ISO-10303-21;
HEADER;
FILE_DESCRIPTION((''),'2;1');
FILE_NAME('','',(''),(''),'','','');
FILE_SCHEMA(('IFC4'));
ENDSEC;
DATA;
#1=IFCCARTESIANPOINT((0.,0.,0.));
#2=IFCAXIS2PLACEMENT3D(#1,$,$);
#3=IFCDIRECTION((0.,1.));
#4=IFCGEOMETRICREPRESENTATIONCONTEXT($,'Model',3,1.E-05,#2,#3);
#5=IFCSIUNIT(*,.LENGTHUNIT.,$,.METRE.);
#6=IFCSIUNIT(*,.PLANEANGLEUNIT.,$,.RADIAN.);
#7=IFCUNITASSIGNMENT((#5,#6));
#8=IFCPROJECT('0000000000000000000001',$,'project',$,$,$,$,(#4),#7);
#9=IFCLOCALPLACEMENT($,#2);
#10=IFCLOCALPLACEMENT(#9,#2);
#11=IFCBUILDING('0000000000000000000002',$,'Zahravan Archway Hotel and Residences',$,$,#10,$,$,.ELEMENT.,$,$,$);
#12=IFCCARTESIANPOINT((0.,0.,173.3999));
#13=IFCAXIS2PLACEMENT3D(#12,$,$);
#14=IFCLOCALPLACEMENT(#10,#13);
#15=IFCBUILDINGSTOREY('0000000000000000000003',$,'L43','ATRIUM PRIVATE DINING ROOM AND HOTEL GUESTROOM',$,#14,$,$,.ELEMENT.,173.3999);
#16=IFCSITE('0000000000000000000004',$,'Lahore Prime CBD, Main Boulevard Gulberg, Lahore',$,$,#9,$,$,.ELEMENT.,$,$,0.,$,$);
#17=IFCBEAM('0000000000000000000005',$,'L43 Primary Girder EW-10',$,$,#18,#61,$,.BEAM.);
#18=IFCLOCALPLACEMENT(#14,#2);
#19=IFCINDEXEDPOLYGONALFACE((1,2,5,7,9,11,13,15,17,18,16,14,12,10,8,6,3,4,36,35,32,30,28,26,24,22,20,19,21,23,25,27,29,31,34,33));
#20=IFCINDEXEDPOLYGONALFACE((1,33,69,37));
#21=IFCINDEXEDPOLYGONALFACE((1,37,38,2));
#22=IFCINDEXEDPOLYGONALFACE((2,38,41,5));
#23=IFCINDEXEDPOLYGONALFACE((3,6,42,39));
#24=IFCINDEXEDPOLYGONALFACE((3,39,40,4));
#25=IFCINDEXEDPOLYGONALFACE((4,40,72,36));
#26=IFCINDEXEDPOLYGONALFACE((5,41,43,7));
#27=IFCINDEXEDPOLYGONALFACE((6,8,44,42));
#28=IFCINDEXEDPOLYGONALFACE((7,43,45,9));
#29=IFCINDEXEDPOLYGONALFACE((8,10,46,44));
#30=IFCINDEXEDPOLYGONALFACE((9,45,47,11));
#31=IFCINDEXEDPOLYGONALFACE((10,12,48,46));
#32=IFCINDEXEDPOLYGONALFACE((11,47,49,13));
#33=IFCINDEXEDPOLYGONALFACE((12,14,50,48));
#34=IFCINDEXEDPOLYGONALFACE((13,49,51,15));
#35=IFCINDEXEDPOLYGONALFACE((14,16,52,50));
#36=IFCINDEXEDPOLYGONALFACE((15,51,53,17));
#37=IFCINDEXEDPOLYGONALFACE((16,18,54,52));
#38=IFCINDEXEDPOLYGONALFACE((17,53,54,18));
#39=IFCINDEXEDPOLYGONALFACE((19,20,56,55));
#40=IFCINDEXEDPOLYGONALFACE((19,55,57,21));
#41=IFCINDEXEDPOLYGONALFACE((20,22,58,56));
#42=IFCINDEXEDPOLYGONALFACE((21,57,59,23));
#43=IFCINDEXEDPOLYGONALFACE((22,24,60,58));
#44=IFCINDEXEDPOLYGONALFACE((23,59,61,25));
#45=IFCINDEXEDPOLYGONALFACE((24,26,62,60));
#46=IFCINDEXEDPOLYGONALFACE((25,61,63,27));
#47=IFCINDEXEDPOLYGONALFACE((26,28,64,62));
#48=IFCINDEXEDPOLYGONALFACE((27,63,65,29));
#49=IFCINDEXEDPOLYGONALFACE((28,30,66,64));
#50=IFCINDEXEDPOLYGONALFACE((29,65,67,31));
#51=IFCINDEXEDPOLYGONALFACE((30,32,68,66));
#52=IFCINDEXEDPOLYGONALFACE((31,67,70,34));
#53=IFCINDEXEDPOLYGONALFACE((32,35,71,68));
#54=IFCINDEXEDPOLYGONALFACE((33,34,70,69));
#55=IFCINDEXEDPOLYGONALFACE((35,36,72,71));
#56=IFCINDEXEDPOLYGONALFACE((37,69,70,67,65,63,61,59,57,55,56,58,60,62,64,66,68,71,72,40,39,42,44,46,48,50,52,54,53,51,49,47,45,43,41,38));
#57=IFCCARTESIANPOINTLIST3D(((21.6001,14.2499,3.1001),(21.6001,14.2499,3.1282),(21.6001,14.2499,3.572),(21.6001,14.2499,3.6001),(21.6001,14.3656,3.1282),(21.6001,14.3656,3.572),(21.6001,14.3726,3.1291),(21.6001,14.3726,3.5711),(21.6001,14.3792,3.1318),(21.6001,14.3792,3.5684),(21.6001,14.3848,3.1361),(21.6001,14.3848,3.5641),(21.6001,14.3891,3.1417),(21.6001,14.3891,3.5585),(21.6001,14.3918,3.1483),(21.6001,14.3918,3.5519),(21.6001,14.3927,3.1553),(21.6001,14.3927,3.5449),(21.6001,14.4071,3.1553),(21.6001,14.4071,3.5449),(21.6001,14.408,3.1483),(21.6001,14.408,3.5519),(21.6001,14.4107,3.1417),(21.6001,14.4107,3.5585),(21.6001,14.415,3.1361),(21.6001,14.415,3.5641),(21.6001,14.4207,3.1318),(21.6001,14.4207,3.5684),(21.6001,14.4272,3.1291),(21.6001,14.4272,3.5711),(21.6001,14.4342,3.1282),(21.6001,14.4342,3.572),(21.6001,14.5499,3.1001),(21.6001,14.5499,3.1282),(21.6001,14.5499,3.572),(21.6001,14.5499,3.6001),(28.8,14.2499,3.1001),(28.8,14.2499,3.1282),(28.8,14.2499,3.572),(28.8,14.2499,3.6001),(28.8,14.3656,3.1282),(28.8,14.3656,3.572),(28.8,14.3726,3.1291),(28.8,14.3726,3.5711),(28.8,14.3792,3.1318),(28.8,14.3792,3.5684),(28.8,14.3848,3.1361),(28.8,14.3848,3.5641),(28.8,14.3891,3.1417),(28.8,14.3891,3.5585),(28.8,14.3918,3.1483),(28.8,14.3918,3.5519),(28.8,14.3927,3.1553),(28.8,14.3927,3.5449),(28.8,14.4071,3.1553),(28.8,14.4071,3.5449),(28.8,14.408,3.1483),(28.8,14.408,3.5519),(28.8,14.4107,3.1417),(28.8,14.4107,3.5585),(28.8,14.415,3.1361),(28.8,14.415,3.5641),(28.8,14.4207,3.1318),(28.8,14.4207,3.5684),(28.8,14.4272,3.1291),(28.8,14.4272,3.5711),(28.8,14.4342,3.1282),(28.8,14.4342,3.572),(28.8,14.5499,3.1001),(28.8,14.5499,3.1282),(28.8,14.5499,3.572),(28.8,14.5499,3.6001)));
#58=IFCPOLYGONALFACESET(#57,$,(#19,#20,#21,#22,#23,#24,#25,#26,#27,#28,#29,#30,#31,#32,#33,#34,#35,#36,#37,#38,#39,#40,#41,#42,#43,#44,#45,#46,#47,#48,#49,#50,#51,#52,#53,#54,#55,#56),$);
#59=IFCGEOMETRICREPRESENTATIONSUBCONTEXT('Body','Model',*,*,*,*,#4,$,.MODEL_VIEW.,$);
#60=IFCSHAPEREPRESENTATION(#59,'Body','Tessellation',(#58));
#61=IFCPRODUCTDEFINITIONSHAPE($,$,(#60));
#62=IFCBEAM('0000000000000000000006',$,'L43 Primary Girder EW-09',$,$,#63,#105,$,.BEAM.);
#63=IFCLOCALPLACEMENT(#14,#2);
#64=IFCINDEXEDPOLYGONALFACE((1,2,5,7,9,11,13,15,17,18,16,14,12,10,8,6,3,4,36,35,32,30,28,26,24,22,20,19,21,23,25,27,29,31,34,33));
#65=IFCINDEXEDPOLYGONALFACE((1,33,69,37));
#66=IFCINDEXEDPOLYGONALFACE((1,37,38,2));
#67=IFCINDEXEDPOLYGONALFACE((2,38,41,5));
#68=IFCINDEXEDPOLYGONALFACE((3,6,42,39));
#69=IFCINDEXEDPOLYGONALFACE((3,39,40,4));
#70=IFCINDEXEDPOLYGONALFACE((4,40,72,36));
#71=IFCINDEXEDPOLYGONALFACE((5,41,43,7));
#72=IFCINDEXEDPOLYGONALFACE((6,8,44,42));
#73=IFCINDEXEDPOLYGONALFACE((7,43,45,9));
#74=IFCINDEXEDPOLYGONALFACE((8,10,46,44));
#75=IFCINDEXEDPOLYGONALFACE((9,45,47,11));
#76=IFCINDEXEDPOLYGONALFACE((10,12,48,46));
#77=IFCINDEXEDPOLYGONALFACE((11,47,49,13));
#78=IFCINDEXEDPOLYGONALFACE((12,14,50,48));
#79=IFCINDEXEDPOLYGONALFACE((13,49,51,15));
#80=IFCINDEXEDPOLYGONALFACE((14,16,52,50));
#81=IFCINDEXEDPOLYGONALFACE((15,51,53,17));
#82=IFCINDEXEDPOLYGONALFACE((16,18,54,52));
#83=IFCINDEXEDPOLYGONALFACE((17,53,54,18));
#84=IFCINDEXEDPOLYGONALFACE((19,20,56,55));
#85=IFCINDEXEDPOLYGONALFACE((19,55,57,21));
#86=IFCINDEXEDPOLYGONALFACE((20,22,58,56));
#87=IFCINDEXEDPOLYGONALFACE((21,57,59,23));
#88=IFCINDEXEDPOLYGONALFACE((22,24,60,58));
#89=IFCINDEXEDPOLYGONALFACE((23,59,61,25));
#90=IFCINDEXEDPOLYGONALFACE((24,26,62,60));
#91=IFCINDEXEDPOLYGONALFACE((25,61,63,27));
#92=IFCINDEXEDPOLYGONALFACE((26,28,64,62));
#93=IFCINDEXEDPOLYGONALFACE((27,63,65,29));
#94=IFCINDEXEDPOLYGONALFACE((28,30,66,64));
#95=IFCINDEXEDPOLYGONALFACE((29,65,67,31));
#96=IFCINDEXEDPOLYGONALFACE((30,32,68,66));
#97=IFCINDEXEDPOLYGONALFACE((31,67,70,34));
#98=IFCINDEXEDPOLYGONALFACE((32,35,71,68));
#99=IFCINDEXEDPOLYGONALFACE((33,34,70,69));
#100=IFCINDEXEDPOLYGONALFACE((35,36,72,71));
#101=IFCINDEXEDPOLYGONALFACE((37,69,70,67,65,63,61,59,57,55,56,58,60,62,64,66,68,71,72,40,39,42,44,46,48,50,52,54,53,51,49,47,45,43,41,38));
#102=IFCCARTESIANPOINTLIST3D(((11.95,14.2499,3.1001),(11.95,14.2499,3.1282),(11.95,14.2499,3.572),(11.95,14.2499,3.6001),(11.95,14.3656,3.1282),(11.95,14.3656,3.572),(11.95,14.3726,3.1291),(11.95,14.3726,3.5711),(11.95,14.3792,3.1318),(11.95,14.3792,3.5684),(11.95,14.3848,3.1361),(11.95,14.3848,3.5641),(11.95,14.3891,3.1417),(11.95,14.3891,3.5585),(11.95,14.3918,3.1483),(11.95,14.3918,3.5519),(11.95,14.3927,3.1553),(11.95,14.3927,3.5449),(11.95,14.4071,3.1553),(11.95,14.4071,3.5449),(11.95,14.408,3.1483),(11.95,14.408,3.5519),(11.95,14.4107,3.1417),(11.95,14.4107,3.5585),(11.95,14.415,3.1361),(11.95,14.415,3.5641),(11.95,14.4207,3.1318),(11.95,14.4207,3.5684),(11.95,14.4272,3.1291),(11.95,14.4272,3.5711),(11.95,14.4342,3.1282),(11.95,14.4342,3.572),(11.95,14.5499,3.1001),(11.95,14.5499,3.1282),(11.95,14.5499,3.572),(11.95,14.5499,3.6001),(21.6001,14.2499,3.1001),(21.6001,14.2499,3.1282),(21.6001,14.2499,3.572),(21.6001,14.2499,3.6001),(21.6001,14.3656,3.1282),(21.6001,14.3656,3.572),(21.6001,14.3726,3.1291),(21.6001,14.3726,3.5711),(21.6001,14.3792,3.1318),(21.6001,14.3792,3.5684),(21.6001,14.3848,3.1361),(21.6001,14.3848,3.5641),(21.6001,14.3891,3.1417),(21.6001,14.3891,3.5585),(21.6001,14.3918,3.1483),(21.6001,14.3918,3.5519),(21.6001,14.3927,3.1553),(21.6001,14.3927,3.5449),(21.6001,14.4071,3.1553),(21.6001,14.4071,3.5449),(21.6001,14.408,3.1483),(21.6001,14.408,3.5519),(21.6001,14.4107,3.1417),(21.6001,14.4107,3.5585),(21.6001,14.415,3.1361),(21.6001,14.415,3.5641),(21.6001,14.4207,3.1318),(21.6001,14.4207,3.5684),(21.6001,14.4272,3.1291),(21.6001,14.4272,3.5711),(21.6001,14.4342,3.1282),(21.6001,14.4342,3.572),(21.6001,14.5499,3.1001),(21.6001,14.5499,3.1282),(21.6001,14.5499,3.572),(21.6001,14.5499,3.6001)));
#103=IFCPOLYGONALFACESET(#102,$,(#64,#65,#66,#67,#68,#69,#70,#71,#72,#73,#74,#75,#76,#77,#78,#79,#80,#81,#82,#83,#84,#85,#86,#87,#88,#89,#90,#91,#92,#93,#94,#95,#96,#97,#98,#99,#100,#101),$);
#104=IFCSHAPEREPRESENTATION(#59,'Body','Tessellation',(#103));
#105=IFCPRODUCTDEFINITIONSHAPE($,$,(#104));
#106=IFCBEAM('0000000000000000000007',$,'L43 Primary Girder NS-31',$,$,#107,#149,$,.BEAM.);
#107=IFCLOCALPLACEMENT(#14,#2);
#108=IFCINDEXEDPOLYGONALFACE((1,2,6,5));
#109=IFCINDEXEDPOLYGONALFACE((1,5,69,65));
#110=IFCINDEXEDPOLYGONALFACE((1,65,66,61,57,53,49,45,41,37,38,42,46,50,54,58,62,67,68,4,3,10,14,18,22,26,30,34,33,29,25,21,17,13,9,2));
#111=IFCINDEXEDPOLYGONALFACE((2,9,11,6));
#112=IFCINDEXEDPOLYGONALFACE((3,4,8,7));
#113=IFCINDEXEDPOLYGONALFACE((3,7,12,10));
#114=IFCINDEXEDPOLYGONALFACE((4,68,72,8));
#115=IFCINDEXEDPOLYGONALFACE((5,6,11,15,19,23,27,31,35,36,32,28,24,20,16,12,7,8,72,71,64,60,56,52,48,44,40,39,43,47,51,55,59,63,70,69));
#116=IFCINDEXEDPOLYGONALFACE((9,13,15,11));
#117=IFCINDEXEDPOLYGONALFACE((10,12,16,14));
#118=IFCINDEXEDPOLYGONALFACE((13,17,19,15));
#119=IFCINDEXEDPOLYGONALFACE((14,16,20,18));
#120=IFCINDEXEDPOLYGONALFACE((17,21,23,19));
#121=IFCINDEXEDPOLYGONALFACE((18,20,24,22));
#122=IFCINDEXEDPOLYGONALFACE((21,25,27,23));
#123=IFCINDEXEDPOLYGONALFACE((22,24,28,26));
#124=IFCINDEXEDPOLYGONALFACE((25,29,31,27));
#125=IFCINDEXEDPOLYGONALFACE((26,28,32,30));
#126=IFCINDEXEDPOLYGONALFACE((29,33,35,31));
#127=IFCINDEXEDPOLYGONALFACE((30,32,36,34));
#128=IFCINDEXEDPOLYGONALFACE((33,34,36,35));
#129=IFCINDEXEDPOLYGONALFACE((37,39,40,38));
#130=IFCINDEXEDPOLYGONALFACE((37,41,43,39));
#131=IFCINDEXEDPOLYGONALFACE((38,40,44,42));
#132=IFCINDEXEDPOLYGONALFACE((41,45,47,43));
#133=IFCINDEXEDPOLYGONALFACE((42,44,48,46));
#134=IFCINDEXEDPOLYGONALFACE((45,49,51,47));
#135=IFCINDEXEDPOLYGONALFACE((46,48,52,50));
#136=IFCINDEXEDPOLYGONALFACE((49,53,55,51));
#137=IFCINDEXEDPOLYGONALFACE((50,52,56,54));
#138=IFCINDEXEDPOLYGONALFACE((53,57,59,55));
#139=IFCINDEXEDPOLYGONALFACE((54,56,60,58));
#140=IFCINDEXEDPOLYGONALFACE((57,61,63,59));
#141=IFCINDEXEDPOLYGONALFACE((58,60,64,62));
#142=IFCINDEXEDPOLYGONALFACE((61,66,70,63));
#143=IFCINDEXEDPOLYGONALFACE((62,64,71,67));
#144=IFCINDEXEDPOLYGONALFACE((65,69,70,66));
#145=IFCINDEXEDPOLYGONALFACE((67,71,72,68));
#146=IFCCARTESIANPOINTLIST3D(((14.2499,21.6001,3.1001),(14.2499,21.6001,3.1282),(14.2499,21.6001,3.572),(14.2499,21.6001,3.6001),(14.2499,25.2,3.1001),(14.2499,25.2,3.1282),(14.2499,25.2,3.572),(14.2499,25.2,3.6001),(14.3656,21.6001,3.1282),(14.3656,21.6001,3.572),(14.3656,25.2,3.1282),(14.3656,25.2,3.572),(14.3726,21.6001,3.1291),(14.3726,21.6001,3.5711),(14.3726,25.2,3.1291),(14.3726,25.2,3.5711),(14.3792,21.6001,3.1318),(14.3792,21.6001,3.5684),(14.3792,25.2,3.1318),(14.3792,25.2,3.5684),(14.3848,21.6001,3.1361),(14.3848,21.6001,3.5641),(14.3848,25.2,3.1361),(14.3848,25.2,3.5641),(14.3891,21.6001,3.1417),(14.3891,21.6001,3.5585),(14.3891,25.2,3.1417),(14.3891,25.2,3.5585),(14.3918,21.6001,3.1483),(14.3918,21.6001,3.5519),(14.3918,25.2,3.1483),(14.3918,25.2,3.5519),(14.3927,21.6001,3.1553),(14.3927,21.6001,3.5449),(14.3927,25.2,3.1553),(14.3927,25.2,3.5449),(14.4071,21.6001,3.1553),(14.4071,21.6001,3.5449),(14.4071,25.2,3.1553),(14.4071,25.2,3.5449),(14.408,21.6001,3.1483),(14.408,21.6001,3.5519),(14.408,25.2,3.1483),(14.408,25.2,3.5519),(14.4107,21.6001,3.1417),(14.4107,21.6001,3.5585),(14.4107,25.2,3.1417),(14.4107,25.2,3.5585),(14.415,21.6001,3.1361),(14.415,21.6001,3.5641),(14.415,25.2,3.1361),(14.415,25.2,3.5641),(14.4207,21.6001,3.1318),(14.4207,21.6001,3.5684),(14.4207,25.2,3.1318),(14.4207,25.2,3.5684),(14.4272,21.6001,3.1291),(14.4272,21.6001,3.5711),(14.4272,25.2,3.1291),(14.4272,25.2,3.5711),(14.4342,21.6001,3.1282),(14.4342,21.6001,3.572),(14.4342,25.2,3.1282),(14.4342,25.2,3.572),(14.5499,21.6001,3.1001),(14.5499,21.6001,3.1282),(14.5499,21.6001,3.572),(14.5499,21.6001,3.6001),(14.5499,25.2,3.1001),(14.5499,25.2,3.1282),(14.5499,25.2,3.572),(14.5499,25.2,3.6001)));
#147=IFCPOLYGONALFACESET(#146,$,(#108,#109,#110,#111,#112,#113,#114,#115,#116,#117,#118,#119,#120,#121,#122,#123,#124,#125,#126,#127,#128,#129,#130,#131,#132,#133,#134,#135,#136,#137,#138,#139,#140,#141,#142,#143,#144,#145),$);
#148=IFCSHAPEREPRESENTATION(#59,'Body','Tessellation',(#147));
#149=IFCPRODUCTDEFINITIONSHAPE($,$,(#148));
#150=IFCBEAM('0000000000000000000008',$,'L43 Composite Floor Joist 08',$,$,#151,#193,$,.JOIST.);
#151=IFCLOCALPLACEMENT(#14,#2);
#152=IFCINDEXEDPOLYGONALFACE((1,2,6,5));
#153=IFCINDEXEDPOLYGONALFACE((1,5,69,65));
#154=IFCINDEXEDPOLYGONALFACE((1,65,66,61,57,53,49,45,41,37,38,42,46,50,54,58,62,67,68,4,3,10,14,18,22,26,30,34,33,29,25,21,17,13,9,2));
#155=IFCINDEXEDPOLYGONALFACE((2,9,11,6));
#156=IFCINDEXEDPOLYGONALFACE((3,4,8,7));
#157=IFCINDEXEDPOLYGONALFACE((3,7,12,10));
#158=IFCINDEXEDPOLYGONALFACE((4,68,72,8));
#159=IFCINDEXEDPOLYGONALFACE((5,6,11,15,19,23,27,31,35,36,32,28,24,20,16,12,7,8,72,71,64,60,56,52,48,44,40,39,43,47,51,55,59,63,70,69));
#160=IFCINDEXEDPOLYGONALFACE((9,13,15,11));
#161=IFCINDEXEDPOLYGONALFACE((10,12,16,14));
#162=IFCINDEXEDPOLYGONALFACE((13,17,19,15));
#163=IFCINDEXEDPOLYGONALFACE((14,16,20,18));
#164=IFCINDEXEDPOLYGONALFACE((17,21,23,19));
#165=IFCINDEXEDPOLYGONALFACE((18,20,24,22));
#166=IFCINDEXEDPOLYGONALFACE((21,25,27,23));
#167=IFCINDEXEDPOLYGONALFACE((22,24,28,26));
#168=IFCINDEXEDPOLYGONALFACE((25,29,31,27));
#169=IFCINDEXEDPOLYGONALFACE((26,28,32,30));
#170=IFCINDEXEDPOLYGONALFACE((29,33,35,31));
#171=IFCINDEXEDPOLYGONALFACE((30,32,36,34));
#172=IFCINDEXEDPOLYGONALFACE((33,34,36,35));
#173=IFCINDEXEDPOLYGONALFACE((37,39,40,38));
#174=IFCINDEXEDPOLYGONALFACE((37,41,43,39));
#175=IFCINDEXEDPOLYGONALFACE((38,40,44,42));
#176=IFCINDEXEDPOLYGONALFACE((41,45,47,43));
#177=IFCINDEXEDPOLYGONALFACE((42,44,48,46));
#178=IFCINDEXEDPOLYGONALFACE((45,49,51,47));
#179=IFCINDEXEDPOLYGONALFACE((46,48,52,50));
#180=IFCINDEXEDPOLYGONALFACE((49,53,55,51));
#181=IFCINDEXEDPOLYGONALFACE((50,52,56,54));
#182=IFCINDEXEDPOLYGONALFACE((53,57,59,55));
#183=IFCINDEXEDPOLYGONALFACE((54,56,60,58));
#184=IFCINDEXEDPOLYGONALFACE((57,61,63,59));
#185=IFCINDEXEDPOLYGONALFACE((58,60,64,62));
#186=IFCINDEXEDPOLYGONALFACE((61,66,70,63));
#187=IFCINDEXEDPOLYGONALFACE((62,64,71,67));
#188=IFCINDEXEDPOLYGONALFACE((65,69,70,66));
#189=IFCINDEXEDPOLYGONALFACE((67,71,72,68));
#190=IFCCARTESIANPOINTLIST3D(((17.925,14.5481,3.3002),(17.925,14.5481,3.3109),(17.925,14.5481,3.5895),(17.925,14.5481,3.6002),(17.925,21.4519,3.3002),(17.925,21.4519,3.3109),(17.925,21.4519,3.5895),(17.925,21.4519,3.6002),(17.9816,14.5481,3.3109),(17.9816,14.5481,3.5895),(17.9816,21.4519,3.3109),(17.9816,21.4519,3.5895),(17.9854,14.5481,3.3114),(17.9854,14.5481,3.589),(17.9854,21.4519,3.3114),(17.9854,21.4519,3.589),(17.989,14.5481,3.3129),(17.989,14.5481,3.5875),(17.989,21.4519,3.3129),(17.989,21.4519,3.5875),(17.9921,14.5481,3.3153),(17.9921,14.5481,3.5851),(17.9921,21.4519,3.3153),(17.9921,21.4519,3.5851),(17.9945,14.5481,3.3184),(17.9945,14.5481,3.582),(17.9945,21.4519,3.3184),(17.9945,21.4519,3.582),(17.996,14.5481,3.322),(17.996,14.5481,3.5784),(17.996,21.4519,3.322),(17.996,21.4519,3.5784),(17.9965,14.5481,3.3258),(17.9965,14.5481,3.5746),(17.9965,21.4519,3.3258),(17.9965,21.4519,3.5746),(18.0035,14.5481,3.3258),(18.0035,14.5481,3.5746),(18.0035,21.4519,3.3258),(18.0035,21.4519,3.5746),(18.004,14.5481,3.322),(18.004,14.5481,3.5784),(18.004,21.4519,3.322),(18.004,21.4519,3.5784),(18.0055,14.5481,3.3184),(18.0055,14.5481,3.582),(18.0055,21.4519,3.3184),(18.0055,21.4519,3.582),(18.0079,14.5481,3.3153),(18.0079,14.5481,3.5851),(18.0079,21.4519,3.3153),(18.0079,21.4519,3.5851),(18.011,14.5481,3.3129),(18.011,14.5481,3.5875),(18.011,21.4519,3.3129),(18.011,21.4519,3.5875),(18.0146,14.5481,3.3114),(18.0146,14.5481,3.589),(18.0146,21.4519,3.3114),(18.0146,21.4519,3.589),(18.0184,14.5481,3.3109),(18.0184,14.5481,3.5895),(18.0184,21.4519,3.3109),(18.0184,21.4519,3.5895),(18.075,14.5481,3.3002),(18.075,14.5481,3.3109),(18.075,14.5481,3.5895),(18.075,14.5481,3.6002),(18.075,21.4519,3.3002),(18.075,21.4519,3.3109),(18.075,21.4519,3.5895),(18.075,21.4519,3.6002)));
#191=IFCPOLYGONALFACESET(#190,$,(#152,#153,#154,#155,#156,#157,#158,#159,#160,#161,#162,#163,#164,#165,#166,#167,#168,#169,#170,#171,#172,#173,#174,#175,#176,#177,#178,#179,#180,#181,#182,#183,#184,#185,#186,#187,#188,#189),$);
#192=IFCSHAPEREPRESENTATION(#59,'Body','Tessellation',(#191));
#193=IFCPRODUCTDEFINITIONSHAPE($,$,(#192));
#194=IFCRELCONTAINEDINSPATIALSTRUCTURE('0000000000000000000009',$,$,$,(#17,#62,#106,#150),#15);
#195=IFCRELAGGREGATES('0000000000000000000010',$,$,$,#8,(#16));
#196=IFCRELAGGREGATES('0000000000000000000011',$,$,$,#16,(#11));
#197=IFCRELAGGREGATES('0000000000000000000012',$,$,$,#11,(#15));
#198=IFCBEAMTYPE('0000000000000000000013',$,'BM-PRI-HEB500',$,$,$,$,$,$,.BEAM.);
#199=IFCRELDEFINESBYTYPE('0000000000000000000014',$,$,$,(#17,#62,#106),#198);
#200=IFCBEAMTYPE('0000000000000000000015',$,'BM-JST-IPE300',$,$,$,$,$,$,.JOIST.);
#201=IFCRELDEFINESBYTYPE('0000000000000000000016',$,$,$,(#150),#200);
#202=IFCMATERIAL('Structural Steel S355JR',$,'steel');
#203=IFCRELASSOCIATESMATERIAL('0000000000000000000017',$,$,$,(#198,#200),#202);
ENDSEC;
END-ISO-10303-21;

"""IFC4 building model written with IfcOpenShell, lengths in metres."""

from ifc_helpers import new_model, si_unit, direction, frame, origin, origin_2d, place, context, subcontext, project, spatial, i_section, extrude, source, transform, mapped, material, material_profile, profile_set, type_object, element, save


model = new_model("IFC4")

# Units and contexts
model_context = context("Model", 3, precision=1e-05, world=origin(), true_north=direction((0.0, 1.0)))
body_context = subcontext(model_context, "Body", "Model", "MODEL_VIEW")
ifc_project = project(units=[si_unit("LENGTHUNIT", "METRE"), si_unit("PLANEANGLEUNIT", "RADIAN")], contexts=[model_context])

# Site, building, storey
site_placement = place(None, origin())
site = spatial("IfcSite", under=ifc_project, at=site_placement, Name="Lahore Prime CBD, Main Boulevard Gulberg, Lahore", CompositionType="ELEMENT", RefElevation=0.0)
building_placement = place(site_placement, origin())
building = spatial("IfcBuilding", under=site, at=building_placement, Name="Zahravan Archway Hotel and Residences", CompositionType="ELEMENT")
storey_placement = place(building_placement, frame((0.0, 0.0, 173.3999)))
storey = spatial("IfcBuildingStorey", under=building, at=storey_placement, Name="L43", Description="ATRIUM PRIVATE DINING ROOM AND HOTEL GUESTROOM", CompositionType="ELEMENT", Elevation=173.3999)

# Beams
ifc_material_1 = material(Name="Structural Steel S355JR", Category="steel")
ifc_material_profile_1 = material_profile(ifc_material_1, i_section(OverallWidth=0.3, OverallDepth=0.5, WebThickness=0.0144, FlangeThickness=0.0281, FilletRadius=0.0271, at=origin_2d()), Name="HEB 500", Category="steel")
ifc_profile_set_1 = profile_set([ifc_material_profile_1], Name="Structural Steel S355JR")
beam_type_1 = type_object("IfcBeamType", Name="BM-PRI-HEB500", PredefinedType="BEAM", material=ifc_profile_set_1)
shared_shape_1 = source(origin(), body_context, "Body", "SweptSolid", [
    extrude(i_section(OverallWidth=0.3, OverallDepth=0.5, WebThickness=0.0144, FlangeThickness=0.0281, FilletRadius=0.0271, at=origin_2d()), origin(), (0.0, 0.0, 1.0), 7.2),
])
beam_1_placement = place(storey_placement, frame((21.6001, 14.3999, 3.3501), z_axis=(1.0, 0.0, 0.0), x_axis=(0.0, 1.0, 0.0)))
element("IfcBeam", 1, at=beam_1_placement, inside=storey, type_object=beam_type_1, Name="L43 Primary Girder EW-10", PredefinedType="BEAM", context=body_context, shape_type="MappedRepresentation", body=[
    mapped(shared_shape_1, transform((0.0, 0.0, 0.0), scale=1.0)),
])
shared_shape_2 = source(origin(), body_context, "Body", "SweptSolid", [
    extrude(i_section(OverallWidth=0.3, OverallDepth=0.5, WebThickness=0.0144, FlangeThickness=0.0281, FilletRadius=0.0271, at=origin_2d()), origin(), (0.0, 0.0, 1.0), 9.6501),
])
beam_2_placement = place(storey_placement, frame((11.95, 14.3999, 3.3501), z_axis=(1.0, 0.0, 0.0), x_axis=(0.0, 1.0, 0.0)))
element("IfcBeam", 2, at=beam_2_placement, inside=storey, type_object=beam_type_1, Name="L43 Primary Girder EW-09", PredefinedType="BEAM", context=body_context, shape_type="MappedRepresentation", body=[
    mapped(shared_shape_2, transform((0.0, 0.0, 0.0), scale=1.0)),
])
shared_shape_3 = source(origin(), body_context, "Body", "SweptSolid", [
    extrude(i_section(OverallWidth=0.3, OverallDepth=0.5, WebThickness=0.0144, FlangeThickness=0.0281, FilletRadius=0.0271, at=origin_2d()), origin(), (0.0, 0.0, 1.0), 3.5999),
])
beam_3_placement = place(storey_placement, frame((14.3999, 21.6001, 3.3501), z_axis=(0.0, 1.0, 0.0), x_axis=(-1.0, 0.0, 0.0)))
element("IfcBeam", 3, at=beam_3_placement, inside=storey, type_object=beam_type_1, Name="L43 Primary Girder NS-31", PredefinedType="BEAM", context=body_context, shape_type="MappedRepresentation", body=[
    mapped(shared_shape_3, transform((0.0, 0.0, 0.0), scale=1.0)),
])
ifc_material_profile_2 = material_profile(ifc_material_1, i_section(OverallWidth=0.1499, OverallDepth=0.3, WebThickness=0.0071, FlangeThickness=0.0107, FilletRadius=0.0149, at=origin_2d()), Name="IPE 300", Category="steel")
ifc_profile_set_2 = profile_set([ifc_material_profile_2], Name="Structural Steel S355JR")
beam_type_2 = type_object("IfcBeamType", Name="BM-JST-IPE300", PredefinedType="JOIST", material=ifc_profile_set_2)
shared_shape_4 = source(origin(), body_context, "Body", "SweptSolid", [
    extrude(i_section(OverallWidth=0.1499, OverallDepth=0.3, WebThickness=0.0071, FlangeThickness=0.0107, FilletRadius=0.0149, at=origin_2d()), origin(), (0.0, 0.0, 1.0), 6.9038),
])
beam_4_placement = place(storey_placement, frame((18.0, 14.5481, 3.4502), z_axis=(0.0, 1.0, 0.0), x_axis=(-1.0, 0.0, 0.0)))
element("IfcBeam", 4, at=beam_4_placement, inside=storey, type_object=beam_type_2, Name="L43 Composite Floor Joist 08", PredefinedType="JOIST", context=body_context, shape_type="MappedRepresentation", body=[
    mapped(shared_shape_4, transform((0.0, 0.0, 0.0), scale=1.0)),
])

save(model, "model.ifc")
